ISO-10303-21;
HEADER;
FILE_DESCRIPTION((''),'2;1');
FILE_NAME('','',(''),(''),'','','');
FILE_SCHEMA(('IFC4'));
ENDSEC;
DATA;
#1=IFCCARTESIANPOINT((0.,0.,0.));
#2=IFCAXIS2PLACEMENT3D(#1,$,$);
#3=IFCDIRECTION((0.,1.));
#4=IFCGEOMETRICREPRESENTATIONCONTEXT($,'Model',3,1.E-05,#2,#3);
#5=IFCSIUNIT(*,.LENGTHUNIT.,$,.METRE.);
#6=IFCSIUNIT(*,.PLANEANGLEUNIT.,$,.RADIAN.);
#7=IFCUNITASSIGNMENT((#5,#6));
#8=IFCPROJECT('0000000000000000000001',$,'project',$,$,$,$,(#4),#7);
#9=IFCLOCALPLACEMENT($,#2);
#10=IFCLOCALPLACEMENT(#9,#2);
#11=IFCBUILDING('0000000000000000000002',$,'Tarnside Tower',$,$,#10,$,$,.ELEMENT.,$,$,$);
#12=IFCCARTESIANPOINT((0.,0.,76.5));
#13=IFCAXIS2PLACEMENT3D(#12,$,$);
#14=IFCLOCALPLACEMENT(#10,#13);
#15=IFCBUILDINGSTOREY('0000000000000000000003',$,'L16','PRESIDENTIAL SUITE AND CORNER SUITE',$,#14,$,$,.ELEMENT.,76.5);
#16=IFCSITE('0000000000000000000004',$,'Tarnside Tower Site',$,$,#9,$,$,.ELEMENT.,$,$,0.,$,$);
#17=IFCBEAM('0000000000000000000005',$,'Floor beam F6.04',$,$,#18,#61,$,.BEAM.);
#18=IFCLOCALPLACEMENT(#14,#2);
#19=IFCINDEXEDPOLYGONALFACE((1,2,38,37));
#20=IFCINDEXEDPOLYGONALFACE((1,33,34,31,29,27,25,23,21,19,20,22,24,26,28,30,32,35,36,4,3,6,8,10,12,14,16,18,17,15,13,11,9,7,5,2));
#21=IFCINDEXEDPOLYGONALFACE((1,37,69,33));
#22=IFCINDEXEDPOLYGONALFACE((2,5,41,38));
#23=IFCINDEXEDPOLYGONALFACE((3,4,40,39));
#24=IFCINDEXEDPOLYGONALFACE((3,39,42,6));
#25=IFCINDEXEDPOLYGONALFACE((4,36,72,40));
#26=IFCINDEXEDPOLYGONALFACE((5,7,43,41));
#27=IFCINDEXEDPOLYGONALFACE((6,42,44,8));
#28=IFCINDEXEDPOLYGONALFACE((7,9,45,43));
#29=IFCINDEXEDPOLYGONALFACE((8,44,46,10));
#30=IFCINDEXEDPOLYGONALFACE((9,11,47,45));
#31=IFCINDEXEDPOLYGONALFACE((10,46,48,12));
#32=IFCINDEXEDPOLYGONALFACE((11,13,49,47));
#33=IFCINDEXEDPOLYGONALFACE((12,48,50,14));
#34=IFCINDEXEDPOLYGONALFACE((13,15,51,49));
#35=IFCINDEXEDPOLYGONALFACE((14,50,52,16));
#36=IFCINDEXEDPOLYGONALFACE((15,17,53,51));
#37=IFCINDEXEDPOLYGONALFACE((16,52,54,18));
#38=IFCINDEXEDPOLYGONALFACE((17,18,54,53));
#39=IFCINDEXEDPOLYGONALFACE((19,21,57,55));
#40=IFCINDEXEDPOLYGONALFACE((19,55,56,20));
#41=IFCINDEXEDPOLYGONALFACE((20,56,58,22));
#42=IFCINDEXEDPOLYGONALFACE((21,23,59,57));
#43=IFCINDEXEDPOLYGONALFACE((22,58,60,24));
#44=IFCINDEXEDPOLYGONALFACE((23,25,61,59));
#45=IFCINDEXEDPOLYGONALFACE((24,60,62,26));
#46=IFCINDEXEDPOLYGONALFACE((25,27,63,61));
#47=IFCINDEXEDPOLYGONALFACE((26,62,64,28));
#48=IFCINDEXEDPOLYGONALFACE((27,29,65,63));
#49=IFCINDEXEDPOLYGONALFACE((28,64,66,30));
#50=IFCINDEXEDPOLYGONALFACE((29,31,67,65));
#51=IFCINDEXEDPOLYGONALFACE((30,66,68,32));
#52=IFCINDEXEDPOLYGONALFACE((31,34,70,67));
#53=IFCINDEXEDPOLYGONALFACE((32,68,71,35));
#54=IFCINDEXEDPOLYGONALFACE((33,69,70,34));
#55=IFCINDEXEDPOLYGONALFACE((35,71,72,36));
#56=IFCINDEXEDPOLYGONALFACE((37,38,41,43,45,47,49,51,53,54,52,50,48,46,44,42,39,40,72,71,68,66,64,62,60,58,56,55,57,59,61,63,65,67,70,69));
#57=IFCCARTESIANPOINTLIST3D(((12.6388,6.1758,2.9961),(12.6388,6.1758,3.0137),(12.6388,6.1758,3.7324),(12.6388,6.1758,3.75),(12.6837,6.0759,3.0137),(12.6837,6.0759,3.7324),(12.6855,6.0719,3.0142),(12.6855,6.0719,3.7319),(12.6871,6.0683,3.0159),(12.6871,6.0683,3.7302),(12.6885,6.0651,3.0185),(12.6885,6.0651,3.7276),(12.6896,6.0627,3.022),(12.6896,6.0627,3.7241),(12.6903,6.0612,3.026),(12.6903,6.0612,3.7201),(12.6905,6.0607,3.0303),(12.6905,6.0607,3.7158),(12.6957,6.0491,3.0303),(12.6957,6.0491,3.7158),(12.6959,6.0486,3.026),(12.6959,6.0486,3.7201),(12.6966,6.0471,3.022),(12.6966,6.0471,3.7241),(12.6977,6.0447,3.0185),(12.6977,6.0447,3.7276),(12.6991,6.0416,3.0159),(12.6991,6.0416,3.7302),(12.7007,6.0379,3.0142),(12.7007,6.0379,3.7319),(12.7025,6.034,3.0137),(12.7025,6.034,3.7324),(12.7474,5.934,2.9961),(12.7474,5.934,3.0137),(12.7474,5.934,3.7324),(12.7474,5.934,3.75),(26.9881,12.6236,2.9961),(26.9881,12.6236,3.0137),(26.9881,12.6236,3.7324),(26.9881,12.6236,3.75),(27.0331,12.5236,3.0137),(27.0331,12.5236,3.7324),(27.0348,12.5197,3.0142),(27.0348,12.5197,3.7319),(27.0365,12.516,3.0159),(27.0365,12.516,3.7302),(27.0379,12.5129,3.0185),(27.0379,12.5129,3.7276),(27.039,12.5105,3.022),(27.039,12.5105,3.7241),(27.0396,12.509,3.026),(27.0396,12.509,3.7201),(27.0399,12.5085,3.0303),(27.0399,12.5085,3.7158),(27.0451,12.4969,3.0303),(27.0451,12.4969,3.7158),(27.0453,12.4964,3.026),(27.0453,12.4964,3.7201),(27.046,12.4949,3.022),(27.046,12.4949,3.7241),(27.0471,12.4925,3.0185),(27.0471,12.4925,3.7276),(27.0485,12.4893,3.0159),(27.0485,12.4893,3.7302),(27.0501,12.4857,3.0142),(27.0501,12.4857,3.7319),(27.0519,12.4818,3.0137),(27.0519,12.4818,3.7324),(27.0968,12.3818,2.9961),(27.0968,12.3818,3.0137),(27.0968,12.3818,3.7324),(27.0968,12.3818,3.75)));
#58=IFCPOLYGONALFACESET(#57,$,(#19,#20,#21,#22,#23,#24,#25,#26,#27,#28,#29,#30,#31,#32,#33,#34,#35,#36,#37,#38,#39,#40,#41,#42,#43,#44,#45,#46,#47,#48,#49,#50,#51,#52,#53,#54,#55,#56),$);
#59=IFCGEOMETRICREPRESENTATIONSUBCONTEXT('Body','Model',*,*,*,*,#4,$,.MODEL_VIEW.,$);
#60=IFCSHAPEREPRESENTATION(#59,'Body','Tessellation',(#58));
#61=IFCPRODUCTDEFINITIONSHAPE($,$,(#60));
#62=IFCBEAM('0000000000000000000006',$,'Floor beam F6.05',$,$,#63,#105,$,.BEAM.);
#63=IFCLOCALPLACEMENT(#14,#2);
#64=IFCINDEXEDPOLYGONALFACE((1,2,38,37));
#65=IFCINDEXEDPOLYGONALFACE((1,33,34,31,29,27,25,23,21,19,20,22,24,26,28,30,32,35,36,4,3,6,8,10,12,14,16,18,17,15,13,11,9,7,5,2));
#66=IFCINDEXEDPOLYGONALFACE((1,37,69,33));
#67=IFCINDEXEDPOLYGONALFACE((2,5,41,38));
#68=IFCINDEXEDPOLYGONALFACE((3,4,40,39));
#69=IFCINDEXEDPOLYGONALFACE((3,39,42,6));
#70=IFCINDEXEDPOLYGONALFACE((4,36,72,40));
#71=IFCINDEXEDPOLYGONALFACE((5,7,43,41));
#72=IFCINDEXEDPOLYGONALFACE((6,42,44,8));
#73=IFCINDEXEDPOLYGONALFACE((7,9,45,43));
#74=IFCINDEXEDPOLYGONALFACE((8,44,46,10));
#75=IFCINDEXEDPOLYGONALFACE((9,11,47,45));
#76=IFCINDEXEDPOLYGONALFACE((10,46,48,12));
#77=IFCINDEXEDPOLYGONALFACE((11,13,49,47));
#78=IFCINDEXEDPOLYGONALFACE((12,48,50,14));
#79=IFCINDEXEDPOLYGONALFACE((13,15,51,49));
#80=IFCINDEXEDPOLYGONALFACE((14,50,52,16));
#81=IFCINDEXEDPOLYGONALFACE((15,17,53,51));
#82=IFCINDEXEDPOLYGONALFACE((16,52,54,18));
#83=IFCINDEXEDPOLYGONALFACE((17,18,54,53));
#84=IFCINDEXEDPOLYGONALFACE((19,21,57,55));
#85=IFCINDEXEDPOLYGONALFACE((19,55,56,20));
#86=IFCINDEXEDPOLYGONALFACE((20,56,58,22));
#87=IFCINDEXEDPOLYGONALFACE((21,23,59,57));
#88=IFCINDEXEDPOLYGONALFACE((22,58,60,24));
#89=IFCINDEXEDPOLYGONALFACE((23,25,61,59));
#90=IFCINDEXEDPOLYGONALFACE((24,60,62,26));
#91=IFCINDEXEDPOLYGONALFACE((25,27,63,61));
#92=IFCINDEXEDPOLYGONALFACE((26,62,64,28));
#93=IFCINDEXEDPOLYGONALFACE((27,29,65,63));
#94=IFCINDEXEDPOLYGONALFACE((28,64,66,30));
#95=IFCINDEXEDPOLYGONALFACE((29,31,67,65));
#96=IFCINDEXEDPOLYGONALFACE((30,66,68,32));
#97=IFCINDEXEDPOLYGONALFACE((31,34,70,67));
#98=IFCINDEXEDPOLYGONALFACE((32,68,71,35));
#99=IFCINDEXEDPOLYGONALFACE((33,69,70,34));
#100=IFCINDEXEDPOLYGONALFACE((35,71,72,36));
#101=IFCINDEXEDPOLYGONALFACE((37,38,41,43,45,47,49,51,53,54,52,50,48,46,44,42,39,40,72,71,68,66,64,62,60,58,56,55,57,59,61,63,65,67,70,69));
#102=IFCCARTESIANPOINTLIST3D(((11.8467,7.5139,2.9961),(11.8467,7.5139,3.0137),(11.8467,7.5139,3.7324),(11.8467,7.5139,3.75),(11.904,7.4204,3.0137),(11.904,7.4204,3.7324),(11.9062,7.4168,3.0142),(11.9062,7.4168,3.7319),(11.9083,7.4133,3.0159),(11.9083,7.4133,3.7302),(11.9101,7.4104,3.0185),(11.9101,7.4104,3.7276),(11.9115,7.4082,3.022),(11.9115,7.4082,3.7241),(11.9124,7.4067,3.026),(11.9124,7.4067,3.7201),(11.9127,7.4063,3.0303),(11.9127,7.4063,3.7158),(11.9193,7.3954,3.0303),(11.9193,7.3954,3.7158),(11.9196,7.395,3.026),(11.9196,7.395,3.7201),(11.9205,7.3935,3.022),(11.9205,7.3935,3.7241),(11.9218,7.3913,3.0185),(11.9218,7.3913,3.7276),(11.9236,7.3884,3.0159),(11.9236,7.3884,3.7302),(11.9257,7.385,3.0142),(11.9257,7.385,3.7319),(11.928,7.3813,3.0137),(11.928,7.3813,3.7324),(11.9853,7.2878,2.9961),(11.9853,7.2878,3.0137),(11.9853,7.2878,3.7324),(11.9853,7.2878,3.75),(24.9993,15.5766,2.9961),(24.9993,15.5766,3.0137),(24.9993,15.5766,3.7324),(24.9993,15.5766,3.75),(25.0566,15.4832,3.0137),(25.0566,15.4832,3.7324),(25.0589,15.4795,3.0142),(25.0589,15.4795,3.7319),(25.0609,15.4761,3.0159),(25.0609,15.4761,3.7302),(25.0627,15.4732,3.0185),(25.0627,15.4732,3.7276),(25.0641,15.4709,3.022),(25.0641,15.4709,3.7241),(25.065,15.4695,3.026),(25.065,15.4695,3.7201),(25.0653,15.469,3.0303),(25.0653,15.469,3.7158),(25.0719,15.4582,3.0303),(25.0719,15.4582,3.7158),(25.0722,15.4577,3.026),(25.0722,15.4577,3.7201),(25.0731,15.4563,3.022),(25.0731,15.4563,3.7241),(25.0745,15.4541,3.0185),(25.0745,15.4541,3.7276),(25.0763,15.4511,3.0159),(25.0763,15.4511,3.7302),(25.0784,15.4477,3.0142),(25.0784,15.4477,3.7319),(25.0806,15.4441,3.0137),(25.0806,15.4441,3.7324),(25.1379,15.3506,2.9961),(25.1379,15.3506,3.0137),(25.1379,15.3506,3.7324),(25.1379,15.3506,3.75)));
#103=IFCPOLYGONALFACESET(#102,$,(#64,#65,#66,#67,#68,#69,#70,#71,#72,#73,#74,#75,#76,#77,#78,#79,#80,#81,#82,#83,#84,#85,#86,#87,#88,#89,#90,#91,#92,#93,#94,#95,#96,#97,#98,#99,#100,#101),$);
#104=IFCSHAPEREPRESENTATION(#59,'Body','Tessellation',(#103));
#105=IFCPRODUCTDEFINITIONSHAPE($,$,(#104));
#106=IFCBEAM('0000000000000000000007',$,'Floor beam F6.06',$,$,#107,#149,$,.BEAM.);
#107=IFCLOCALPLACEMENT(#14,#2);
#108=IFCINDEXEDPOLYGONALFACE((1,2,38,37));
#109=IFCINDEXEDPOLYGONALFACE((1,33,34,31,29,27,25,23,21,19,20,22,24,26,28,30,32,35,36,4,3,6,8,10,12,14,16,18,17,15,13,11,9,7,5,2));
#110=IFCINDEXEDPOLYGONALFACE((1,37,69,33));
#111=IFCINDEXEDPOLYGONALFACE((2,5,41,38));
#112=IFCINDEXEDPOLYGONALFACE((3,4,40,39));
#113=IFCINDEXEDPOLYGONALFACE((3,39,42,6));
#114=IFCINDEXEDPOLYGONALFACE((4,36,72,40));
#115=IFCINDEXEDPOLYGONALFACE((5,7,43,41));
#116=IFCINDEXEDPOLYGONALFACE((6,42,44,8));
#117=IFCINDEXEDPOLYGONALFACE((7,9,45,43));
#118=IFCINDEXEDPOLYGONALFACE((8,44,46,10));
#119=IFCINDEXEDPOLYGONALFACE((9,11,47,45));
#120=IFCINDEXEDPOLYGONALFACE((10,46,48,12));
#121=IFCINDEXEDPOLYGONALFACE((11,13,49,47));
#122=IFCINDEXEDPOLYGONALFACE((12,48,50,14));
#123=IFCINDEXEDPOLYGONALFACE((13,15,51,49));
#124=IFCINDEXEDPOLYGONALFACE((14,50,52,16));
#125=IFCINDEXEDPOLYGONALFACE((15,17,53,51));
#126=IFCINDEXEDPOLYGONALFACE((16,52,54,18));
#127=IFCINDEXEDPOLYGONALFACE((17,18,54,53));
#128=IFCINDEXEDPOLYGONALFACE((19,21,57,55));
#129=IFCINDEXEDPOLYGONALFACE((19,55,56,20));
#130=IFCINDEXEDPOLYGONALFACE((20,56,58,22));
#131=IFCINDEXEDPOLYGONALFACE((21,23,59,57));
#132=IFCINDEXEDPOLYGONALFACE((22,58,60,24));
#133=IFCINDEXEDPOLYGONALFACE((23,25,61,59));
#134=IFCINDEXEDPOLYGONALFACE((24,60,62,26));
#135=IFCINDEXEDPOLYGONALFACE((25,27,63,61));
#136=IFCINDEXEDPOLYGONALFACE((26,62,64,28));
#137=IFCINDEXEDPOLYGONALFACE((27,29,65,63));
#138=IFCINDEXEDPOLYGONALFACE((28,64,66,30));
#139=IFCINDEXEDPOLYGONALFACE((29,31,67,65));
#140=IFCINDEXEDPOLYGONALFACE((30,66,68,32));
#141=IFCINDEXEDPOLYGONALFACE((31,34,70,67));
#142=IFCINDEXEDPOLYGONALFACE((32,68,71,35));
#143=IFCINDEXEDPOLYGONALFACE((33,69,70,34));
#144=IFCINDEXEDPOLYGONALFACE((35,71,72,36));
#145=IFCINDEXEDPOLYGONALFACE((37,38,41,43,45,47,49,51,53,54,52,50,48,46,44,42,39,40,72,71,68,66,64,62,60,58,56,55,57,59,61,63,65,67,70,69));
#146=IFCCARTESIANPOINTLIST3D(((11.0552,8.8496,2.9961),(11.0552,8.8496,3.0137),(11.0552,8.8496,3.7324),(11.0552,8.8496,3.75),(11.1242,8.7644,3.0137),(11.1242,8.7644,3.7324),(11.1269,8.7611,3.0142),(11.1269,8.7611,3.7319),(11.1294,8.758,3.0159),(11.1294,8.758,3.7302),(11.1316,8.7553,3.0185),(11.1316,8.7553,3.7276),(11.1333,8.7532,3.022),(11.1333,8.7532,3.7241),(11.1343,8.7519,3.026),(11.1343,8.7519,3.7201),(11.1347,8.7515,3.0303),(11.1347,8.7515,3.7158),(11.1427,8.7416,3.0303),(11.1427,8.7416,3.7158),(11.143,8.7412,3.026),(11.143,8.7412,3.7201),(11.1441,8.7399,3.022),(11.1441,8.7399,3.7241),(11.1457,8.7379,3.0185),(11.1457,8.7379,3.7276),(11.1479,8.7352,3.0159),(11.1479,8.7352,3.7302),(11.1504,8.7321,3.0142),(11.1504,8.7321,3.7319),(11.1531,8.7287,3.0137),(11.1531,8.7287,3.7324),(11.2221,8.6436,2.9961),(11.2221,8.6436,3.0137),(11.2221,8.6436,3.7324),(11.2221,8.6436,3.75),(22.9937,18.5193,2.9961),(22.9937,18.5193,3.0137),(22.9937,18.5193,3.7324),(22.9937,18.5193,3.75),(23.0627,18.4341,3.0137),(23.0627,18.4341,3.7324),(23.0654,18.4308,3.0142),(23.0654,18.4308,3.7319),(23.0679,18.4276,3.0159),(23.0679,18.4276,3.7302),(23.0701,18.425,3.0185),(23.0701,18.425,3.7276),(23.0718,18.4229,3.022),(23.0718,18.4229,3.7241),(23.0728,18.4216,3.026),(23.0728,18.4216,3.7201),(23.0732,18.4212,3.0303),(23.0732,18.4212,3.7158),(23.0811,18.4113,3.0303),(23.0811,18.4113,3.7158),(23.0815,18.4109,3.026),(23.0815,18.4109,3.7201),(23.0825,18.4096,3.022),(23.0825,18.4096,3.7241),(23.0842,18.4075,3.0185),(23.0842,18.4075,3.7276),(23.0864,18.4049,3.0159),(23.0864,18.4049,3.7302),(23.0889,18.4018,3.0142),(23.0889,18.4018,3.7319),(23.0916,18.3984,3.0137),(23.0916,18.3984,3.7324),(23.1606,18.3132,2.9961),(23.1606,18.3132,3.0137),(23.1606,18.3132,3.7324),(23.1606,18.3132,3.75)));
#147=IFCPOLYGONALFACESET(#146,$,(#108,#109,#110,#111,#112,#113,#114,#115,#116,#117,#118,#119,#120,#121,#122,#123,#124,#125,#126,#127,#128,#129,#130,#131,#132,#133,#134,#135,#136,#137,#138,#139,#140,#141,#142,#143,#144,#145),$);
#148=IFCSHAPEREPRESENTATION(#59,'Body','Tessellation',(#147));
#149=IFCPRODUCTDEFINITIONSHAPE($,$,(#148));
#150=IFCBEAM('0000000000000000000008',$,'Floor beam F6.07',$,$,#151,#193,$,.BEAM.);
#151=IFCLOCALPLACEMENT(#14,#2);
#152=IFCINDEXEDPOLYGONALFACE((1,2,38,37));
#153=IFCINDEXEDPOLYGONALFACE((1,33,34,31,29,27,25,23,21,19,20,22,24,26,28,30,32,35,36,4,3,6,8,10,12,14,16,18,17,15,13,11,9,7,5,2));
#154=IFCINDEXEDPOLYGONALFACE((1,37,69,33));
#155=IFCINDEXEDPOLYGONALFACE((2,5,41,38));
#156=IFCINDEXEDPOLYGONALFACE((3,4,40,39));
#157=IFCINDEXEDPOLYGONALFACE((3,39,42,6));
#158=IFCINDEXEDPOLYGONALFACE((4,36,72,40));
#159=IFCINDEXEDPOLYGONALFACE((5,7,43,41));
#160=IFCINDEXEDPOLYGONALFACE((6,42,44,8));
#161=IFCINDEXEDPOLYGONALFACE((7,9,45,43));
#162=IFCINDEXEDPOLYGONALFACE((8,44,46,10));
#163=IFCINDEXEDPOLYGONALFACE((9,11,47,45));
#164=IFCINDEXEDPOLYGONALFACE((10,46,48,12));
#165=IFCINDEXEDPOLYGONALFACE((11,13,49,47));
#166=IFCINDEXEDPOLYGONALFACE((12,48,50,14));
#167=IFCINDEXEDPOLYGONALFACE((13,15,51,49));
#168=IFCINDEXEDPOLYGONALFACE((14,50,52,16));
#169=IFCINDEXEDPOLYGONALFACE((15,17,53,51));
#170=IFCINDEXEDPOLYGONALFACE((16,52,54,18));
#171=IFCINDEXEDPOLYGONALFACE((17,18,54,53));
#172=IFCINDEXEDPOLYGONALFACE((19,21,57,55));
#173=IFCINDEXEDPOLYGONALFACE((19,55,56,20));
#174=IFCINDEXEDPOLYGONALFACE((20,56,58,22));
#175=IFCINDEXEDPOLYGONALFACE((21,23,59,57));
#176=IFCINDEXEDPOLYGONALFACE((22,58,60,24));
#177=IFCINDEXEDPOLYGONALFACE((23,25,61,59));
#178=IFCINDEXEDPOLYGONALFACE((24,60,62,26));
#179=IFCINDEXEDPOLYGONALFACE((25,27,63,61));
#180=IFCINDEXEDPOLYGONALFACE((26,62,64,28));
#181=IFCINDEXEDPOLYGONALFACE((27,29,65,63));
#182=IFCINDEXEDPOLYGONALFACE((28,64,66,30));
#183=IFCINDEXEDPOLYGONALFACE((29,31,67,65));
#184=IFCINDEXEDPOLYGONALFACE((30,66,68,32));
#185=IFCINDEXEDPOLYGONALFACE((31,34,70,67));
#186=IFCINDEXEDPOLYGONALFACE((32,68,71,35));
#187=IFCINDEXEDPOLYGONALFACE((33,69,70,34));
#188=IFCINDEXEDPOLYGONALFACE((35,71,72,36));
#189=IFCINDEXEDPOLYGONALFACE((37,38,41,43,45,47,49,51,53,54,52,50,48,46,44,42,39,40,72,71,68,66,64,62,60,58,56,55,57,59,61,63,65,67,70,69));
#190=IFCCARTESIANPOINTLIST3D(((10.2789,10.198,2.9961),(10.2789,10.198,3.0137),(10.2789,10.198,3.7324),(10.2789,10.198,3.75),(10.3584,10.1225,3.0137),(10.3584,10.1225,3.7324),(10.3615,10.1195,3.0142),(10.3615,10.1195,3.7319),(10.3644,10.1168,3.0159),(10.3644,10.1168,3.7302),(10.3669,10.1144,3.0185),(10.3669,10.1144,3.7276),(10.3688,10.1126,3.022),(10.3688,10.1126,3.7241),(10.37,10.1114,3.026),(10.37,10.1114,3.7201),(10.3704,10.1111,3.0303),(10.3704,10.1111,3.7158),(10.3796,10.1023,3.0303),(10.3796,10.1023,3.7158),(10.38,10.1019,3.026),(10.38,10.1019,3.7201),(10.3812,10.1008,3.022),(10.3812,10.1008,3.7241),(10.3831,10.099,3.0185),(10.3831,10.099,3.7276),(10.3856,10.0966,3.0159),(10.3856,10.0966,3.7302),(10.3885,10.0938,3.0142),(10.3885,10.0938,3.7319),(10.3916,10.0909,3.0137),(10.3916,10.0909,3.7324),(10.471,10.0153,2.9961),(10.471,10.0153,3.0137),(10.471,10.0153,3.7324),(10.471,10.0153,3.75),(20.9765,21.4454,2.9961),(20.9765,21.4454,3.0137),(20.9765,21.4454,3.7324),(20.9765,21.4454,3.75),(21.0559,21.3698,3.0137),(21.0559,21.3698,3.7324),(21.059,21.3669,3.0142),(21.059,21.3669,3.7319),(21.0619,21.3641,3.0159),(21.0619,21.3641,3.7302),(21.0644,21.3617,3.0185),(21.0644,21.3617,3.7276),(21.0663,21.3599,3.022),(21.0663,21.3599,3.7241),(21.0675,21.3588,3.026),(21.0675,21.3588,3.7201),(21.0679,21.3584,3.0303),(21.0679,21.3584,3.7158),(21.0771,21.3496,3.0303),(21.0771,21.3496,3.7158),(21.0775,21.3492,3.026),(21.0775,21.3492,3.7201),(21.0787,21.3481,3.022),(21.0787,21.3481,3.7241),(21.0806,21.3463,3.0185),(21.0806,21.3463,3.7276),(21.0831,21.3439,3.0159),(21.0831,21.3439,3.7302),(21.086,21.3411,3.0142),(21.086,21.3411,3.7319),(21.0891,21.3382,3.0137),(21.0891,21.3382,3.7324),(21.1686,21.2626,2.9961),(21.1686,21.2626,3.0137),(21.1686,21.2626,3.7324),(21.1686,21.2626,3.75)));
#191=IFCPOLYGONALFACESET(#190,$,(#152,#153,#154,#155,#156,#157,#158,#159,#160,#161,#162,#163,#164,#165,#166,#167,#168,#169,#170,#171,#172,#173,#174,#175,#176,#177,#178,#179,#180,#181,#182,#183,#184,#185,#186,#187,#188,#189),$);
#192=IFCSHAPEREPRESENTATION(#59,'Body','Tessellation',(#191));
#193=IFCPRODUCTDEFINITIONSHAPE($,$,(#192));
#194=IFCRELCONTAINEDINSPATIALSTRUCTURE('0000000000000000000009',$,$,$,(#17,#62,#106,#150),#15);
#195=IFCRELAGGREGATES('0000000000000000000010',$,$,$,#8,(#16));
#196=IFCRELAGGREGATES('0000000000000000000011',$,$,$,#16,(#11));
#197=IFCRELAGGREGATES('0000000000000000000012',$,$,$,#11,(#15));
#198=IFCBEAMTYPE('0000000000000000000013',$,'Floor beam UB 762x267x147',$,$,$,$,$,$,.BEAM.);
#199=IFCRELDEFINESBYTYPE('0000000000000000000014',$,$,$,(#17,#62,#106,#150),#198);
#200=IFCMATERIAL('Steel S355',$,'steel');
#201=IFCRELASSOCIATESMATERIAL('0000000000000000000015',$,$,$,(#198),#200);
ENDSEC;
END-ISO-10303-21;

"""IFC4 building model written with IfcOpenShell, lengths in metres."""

from ifc_helpers import new_model, si_unit, direction, frame, origin, origin_2d, place, context, subcontext, project, spatial, i_section, extrude, material, material_profile, profile_set, type_object, element, save


model = new_model("IFC4")

# Units and contexts
model_context = context("Model", 3, precision=1e-05, world=origin(), true_north=direction((0.0, 1.0)))
body_context = subcontext(model_context, "Body", "Model", "MODEL_VIEW")
ifc_project = project(units=[si_unit("LENGTHUNIT", "METRE"), si_unit("PLANEANGLEUNIT", "RADIAN")], contexts=[model_context])

# Site, building, storey
site_placement = place(None, origin())
site = spatial("IfcSite", under=ifc_project, at=site_placement, Name="Tarnside Tower Site", CompositionType="ELEMENT", RefElevation=0.0)
building_placement = place(site_placement, origin())
building = spatial("IfcBuilding", under=site, at=building_placement, Name="Tarnside Tower", CompositionType="ELEMENT")
storey_placement = place(building_placement, frame((0.0, 0.0, 76.5)))
storey = spatial("IfcBuildingStorey", under=building, at=storey_placement, Name="L16", Description="PRESIDENTIAL SUITE AND CORNER SUITE", CompositionType="ELEMENT", Elevation=76.5)

# Beams
ifc_material_1 = material(Name="Steel S355", Category="steel")
ifc_material_profile_1 = material_profile(ifc_material_1, i_section(OverallWidth=0.2651, OverallDepth=0.7539, WebThickness=0.0127, FlangeThickness=0.0176, FilletRadius=0.0166, at=origin_2d()), Name="UB 762x267x147")
ifc_profile_set_1 = profile_set([ifc_material_profile_1], Name="Steel S355")
beam_type_1 = type_object("IfcBeamType", Name="Floor beam UB 762x267x147", PredefinedType="BEAM", material=ifc_profile_set_1)
beam_1_placement = place(storey_placement, frame((27.0425, 12.5027, 3.373), z_axis=(-0.912146, -0.409865, 0.0), x_axis=(0.409865, -0.912146, 0.0)))
element("IfcBeam", 1, at=beam_1_placement, inside=storey, type_object=beam_type_1, Name="Floor beam F6.04", PredefinedType="BEAM", context=body_context, shape_type="SweptSolid", body=[
    extrude(i_section(OverallWidth=0.2651, OverallDepth=0.7539, WebThickness=0.0127, FlangeThickness=0.0176, FilletRadius=0.0166, at=origin_2d()), origin(), (0.0, 0.0, 1.0), 15.7314),
])
beam_2_placement = place(storey_placement, frame((25.0686, 15.4636, 3.373), z_axis=(-0.852558, -0.522632, 0.0), x_axis=(0.522632, -0.852558, 0.0)))
element("IfcBeam", 2, at=beam_2_placement, inside=storey, type_object=beam_type_1, Name="Floor beam F6.05", PredefinedType="BEAM", context=body_context, shape_type="SweptSolid", body=[
    extrude(i_section(OverallWidth=0.2651, OverallDepth=0.7539, WebThickness=0.0127, FlangeThickness=0.0176, FilletRadius=0.0166, at=origin_2d()), origin(), (0.0, 0.0, 1.0), 15.4272),
])
beam_3_placement = place(storey_placement, frame((23.0771, 18.4163, 3.373), z_axis=(-0.777079, -0.629403, 0.0), x_axis=(0.629403, -0.777079, 0.0)))
element("IfcBeam", 3, at=beam_3_placement, inside=storey, type_object=beam_type_1, Name="Floor beam F6.06", PredefinedType="BEAM", context=body_context, shape_type="SweptSolid", body=[
    extrude(i_section(OverallWidth=0.2651, OverallDepth=0.7539, WebThickness=0.0127, FlangeThickness=0.0176, FilletRadius=0.0166, at=origin_2d()), origin(), (0.0, 0.0, 1.0), 15.3633),
])
beam_4_placement = place(storey_placement, frame((21.0725, 21.354, 3.373), z_axis=(-0.689175, -0.724595, 0.0), x_axis=(0.724595, -0.689175, 0.0)))
element("IfcBeam", 4, at=beam_4_placement, inside=storey, type_object=beam_type_1, Name="Floor beam F6.07", PredefinedType="BEAM", context=body_context, shape_type="SweptSolid", body=[
    extrude(i_section(OverallWidth=0.2651, OverallDepth=0.7539, WebThickness=0.0127, FlangeThickness=0.0176, FilletRadius=0.0166, at=origin_2d()), origin(), (0.0, 0.0, 1.0), 15.5222),
])

save(model, "model.ifc")
